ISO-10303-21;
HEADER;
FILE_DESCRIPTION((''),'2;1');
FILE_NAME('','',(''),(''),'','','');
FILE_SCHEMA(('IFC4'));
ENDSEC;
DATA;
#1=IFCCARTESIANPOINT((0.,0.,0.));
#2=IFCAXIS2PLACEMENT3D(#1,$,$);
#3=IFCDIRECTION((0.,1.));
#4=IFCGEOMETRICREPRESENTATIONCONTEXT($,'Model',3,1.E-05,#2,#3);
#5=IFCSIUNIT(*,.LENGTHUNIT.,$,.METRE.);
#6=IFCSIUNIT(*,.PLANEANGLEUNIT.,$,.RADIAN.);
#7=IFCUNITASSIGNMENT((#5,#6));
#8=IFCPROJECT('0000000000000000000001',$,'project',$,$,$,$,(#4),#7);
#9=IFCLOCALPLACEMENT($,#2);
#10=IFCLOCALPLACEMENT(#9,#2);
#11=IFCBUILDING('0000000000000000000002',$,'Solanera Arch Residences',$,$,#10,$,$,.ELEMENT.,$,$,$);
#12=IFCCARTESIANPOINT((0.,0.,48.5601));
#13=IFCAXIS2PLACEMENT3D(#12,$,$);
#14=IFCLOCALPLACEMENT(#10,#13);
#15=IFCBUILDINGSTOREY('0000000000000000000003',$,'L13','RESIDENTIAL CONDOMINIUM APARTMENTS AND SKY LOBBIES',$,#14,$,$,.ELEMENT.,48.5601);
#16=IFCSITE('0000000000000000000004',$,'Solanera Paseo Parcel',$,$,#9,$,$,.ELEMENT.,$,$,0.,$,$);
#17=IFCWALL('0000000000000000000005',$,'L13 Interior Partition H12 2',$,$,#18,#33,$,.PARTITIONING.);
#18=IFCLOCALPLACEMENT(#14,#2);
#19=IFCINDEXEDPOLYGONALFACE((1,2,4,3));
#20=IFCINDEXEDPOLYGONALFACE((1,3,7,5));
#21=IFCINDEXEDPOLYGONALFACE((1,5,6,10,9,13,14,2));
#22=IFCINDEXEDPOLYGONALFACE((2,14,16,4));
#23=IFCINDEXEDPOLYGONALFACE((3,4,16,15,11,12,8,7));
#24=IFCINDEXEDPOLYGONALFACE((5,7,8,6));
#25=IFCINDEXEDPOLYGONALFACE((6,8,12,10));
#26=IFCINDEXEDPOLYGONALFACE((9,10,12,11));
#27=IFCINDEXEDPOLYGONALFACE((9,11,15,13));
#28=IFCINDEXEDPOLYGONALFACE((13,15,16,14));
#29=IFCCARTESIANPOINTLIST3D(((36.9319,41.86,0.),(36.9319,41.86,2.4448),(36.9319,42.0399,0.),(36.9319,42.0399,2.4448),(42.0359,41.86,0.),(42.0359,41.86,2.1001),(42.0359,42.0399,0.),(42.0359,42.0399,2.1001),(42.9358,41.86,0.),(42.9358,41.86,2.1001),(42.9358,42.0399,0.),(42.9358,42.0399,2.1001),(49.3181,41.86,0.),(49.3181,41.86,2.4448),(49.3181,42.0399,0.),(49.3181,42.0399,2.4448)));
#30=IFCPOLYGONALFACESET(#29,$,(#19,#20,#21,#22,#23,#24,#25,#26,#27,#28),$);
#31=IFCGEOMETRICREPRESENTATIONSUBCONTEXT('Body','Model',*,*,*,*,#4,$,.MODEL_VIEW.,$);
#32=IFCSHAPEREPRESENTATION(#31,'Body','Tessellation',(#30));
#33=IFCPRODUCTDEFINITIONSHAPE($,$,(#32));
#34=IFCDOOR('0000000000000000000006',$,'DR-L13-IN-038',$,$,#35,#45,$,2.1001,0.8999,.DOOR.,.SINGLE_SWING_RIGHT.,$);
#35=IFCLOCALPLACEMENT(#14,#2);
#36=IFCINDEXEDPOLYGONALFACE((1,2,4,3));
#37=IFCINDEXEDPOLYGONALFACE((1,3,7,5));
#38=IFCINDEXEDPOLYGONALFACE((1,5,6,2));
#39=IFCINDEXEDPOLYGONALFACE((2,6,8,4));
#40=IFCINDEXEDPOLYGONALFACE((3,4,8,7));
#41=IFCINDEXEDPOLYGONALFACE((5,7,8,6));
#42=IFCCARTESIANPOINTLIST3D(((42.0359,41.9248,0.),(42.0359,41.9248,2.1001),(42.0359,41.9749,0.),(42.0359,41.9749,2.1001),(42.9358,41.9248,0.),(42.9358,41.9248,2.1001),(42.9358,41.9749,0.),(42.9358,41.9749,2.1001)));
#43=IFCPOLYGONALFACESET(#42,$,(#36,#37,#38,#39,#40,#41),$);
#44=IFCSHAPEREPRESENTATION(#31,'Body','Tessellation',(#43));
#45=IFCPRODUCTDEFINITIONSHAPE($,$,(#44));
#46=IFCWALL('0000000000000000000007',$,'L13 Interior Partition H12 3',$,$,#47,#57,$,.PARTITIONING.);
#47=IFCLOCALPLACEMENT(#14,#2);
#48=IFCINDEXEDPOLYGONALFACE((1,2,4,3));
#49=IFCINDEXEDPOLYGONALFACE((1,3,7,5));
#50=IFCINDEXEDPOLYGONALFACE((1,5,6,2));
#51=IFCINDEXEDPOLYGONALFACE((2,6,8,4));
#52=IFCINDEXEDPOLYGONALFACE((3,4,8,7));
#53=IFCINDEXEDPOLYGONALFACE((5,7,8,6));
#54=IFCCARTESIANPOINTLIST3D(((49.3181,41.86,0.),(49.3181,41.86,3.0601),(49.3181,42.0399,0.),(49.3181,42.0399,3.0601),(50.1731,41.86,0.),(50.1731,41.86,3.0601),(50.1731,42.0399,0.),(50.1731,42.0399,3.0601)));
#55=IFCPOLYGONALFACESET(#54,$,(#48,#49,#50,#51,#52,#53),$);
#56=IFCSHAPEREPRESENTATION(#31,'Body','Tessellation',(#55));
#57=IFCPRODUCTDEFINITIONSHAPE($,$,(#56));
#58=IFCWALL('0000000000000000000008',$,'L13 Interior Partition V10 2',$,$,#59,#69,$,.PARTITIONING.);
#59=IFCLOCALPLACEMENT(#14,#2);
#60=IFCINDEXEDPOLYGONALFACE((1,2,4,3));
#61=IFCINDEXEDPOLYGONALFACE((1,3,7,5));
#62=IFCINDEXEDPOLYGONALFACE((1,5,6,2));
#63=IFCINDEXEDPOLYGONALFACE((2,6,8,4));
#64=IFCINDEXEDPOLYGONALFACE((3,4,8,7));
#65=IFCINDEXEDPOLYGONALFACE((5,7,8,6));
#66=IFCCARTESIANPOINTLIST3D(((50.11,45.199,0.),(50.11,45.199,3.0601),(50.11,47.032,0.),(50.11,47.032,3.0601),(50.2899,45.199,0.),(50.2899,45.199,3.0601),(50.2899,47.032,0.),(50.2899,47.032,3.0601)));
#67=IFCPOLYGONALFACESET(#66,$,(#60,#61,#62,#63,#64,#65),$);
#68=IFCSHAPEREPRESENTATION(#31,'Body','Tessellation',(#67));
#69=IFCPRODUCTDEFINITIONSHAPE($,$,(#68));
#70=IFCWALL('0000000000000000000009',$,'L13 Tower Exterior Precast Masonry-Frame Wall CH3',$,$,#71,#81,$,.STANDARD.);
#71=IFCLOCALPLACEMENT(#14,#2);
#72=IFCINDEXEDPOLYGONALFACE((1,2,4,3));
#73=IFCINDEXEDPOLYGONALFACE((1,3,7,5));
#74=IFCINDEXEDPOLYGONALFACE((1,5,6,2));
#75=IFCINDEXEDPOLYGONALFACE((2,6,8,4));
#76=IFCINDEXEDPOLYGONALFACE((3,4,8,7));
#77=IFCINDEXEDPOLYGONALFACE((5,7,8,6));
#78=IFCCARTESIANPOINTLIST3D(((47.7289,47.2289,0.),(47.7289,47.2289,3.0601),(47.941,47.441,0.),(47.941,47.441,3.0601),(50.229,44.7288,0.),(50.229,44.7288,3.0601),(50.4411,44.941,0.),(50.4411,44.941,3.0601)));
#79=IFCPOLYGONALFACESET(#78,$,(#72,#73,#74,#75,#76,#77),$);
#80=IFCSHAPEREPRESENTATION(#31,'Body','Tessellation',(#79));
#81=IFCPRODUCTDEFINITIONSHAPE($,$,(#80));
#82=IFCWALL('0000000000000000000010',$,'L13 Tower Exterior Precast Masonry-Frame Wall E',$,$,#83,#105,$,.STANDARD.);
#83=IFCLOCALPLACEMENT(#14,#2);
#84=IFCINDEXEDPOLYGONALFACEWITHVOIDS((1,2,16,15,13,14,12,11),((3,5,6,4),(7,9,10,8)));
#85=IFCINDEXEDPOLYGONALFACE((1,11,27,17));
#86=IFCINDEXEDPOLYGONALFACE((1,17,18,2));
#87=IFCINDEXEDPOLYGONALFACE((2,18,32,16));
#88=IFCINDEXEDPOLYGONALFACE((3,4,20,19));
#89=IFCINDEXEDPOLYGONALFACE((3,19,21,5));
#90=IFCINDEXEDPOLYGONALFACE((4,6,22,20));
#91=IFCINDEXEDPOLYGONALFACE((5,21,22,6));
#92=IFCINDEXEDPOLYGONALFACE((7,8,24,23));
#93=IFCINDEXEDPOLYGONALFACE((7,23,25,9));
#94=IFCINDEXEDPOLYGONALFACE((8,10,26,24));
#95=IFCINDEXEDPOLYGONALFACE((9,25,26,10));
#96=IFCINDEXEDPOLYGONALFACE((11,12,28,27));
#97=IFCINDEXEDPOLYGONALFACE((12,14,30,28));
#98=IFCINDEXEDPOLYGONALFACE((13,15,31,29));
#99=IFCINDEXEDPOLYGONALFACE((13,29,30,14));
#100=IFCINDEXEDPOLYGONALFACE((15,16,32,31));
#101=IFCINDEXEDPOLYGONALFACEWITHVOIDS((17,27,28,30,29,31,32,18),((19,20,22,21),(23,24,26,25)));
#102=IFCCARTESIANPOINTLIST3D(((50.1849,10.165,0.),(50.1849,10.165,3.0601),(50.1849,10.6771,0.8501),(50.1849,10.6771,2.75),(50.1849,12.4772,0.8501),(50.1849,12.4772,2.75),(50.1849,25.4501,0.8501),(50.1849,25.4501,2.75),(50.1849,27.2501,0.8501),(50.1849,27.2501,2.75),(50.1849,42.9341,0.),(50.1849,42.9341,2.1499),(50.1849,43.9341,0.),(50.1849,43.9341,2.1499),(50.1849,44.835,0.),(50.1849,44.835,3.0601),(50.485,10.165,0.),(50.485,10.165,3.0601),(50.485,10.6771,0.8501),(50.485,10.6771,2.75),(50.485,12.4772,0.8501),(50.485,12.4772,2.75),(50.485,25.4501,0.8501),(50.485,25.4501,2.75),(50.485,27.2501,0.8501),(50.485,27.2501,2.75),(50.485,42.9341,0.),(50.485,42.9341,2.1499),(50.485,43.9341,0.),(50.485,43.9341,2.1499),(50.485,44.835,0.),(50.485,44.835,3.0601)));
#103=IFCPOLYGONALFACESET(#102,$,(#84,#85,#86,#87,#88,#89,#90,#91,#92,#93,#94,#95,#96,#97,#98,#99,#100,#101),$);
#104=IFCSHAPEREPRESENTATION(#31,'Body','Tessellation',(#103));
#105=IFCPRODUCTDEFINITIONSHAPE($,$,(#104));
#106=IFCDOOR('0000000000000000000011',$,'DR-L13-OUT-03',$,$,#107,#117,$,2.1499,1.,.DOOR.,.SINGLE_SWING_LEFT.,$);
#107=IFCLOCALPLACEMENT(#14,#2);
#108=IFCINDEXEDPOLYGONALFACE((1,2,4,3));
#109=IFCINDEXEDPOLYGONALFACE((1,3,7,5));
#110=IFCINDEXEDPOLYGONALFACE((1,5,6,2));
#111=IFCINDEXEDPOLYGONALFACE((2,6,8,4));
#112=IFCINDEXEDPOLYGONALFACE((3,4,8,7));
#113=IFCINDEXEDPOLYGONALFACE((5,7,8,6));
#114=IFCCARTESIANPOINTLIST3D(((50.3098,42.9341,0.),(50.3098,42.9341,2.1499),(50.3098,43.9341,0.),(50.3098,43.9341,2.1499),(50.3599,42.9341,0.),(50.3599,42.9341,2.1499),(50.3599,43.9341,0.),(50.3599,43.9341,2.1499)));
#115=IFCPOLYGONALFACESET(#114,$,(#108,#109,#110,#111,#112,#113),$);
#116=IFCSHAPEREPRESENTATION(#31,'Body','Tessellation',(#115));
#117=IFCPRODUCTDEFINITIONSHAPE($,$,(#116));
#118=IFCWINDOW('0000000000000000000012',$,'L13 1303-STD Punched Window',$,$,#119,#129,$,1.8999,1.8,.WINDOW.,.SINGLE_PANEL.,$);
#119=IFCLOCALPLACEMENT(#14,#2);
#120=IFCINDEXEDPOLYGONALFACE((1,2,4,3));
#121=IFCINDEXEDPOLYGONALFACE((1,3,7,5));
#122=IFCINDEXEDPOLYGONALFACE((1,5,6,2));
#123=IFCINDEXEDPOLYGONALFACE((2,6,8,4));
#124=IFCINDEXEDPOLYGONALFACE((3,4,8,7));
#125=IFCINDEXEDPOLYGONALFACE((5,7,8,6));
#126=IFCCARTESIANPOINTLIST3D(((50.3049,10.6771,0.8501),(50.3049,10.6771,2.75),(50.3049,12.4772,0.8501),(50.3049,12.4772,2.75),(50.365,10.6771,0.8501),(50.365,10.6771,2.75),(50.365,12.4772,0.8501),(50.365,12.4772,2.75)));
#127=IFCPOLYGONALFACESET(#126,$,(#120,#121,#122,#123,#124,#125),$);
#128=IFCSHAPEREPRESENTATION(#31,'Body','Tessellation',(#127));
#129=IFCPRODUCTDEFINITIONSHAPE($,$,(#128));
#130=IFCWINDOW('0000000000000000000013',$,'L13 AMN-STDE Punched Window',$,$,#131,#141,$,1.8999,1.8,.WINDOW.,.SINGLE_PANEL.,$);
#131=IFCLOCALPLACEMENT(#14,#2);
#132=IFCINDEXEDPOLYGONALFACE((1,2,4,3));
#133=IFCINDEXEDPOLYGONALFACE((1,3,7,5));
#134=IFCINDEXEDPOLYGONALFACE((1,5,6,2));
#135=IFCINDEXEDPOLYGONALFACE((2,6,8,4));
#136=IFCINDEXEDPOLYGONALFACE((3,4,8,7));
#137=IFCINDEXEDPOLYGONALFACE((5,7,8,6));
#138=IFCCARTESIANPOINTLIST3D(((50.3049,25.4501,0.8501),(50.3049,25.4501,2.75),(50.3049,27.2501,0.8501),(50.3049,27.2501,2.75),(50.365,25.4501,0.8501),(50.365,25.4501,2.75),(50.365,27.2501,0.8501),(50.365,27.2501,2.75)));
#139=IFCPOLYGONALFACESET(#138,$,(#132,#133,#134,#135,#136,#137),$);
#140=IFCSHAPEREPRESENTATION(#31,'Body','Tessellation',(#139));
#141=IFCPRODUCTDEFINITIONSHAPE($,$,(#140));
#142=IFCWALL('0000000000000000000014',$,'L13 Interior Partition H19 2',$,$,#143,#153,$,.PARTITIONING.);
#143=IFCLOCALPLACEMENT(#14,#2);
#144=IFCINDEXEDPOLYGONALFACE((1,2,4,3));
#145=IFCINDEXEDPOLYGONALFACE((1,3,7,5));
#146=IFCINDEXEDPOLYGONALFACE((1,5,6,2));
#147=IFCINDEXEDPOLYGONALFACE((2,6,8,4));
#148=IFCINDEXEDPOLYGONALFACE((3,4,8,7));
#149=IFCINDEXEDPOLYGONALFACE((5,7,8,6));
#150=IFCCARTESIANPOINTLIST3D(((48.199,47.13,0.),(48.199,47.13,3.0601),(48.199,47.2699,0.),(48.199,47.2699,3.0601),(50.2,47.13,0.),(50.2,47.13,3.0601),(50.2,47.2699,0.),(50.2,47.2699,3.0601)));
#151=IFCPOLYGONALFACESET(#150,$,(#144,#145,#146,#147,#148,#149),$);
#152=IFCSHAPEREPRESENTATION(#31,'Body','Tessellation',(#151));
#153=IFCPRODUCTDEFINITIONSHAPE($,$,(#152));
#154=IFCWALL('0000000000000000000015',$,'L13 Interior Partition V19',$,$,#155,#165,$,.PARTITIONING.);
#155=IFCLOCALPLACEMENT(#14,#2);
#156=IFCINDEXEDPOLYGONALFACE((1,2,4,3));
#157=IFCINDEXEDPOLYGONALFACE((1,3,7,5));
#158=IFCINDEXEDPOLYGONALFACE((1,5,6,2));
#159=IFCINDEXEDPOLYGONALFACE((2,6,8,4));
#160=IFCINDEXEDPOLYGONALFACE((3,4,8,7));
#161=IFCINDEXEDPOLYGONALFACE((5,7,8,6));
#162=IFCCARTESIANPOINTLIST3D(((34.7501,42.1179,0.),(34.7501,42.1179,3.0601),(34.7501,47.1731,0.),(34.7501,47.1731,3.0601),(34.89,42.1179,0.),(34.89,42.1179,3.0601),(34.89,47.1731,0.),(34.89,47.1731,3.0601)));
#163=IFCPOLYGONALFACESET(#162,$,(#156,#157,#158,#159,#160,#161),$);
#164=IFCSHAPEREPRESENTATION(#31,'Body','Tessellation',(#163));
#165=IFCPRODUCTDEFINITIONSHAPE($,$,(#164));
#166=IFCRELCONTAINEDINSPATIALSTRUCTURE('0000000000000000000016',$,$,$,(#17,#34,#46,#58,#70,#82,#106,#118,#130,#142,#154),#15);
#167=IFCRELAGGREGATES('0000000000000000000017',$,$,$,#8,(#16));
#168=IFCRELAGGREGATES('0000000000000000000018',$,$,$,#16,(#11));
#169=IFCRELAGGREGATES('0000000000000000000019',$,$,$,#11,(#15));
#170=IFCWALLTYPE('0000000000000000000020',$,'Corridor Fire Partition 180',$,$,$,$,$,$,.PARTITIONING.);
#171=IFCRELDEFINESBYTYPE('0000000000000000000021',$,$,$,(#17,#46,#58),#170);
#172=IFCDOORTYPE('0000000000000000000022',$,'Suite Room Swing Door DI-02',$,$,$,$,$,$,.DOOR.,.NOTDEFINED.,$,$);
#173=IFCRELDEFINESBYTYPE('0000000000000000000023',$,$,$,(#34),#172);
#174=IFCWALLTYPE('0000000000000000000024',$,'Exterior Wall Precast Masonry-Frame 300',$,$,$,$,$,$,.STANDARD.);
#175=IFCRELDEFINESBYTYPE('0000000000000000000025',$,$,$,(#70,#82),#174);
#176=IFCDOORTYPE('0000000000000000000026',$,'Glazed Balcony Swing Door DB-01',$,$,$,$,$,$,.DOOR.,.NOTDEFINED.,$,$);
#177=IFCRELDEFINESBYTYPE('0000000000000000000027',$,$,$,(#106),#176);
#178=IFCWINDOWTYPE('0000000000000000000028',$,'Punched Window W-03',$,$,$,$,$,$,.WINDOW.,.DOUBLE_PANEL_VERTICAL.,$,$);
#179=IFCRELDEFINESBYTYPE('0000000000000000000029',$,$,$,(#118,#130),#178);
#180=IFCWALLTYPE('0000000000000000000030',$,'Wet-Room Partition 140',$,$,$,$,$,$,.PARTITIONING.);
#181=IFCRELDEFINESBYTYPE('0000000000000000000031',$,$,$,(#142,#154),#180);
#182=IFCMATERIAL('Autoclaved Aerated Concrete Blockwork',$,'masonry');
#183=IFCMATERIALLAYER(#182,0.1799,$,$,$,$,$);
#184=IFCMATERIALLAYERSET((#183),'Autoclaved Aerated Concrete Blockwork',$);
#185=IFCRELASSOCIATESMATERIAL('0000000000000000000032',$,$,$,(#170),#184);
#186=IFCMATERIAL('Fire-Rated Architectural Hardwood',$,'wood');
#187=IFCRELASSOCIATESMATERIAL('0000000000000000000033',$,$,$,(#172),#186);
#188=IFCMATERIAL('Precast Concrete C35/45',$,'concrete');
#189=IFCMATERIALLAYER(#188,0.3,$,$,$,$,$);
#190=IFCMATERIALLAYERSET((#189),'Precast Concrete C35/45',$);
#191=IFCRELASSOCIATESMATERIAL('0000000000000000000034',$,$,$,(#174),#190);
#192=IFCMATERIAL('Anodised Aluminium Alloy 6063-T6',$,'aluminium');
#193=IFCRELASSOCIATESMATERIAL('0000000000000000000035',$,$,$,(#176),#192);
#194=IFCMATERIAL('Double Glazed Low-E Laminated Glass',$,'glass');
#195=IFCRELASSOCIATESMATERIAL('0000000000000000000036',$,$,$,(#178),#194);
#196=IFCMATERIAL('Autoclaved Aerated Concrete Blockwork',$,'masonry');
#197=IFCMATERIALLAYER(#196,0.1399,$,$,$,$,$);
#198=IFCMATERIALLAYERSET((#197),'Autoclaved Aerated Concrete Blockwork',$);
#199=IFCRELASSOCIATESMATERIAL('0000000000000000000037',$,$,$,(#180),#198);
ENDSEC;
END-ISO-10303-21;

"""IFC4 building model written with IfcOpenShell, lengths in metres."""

from ifc_helpers import new_model, si_unit, direction, frame, frame_2d, origin, place, context, subcontext, project, spatial, rectangle, extrude, material, layer, layer_set, type_object, element, fill, save


model = new_model("IFC4")

# Units and contexts
model_context = context("Model", 3, precision=1e-05, world=origin(), true_north=direction((0.0, 1.0)))
body_context = subcontext(model_context, "Body", "Model", "MODEL_VIEW")
ifc_project = project(units=[si_unit("LENGTHUNIT", "METRE"), si_unit("PLANEANGLEUNIT", "RADIAN")], contexts=[model_context])

# Site, building, storey
site_placement = place(None, origin())
site = spatial("IfcSite", under=ifc_project, at=site_placement, Name="Solanera Paseo Parcel", CompositionType="ELEMENT", RefElevation=0.0)
building_placement = place(site_placement, origin())
building = spatial("IfcBuilding", under=site, at=building_placement, Name="Solanera Arch Residences", CompositionType="ELEMENT")
storey_placement = place(building_placement, frame((0.0, 0.0, 48.5601)))
storey = spatial("IfcBuildingStorey", under=building, at=storey_placement, Name="L13", Description="RESIDENTIAL CONDOMINIUM APARTMENTS AND SKY LOBBIES", CompositionType="ELEMENT", Elevation=48.5601)

# Shared definitions
ifc_material_1 = material(Name="Autoclaved Aerated Concrete Blockwork", Category="masonry")
ifc_layer_1 = layer(ifc_material_1, 0.1799)
ifc_layer_set_1 = layer_set([ifc_layer_1], Name="Autoclaved Aerated Concrete Blockwork")
wall_type_1 = type_object("IfcWallType", Name="Corridor Fire Partition 180", PredefinedType="PARTITIONING", material=ifc_layer_set_1)

# Wall, opening, door
wall_1_placement = place(storey_placement, frame((36.9319, 41.95, 0.0), z_axis=(0.0, 0.0, 1.0), x_axis=(1.0, 0.0, 0.0)))
wall_1 = element("IfcWall", 1, at=wall_1_placement, inside=storey, type_object=wall_type_1, Name="L13 Interior Partition H12 2", PredefinedType="PARTITIONING", context=body_context, shape_type="SweptSolid", body=[
    extrude(rectangle(XDim=12.3862, YDim=0.1799, at=frame_2d((6.1931, 0.0))), origin(), (0.0, 0.0, 1.0), 2.4448),
])
opening_1_placement = place(wall_1_placement, frame((5.104, 0.0, 0.0)))
opening_1 = element("IfcOpeningElement", 2, at=opening_1_placement, cuts=wall_1, PredefinedType="OPENING", context=body_context, shape_type="SweptSolid", body=[
    extrude(rectangle(XDim=0.8999, YDim=2.1001, at=frame_2d((0.45, 1.05))), frame((0.0, 0.1001, 0.0), z_axis=(0.0, -1.0, 0.0), x_axis=(1.0, 0.0, 0.0)), (0.0, 0.0, 1.0), 0.1999),
])
ifc_material_2 = material(Name="Fire-Rated Architectural Hardwood", Category="wood")
door_type_1 = type_object("IfcDoorType", Name="Suite Room Swing Door DI-02", OperationType="NOTDEFINED", PredefinedType="DOOR", material=ifc_material_2)
door_1_placement = place(opening_1_placement, origin())
door_1 = element("IfcDoor", 3, at=door_1_placement, inside=storey, type_object=door_type_1, Name="DR-L13-IN-038", OperationType="SINGLE_SWING_RIGHT", OverallHeight=2.1001, OverallWidth=0.8999, PredefinedType="DOOR", context=body_context, shape_type="SweptSolid", body=[
    extrude(rectangle(XDim=0.8999, YDim=2.1001, at=frame_2d((0.45, 1.05))), frame((0.0, 0.0249, 0.0), z_axis=(0.0, -1.0, 0.0), x_axis=(1.0, 0.0, 0.0)), (0.0, 0.0, 1.0), 0.05),
])
fill(opening_1, door_1)

# Walls
wall_2_placement = place(storey_placement, frame((49.3181, 41.95, 0.0), z_axis=(0.0, 0.0, 1.0), x_axis=(1.0, 0.0, 0.0)))
element("IfcWall", 4, at=wall_2_placement, inside=storey, type_object=wall_type_1, Name="L13 Interior Partition H12 3", PredefinedType="PARTITIONING", context=body_context, shape_type="SweptSolid", body=[
    extrude(rectangle(XDim=0.855, YDim=0.1799, at=frame_2d((0.4275, 0.0))), origin(), (0.0, 0.0, 1.0), 3.0601),
])
wall_3_placement = place(storey_placement, frame((50.2, 45.199, 0.0), z_axis=(0.0, 0.0, 1.0), x_axis=(0.0, 1.0, 0.0)))
element("IfcWall", 5, at=wall_3_placement, inside=storey, type_object=wall_type_1, Name="L13 Interior Partition V10 2", PredefinedType="PARTITIONING", context=body_context, shape_type="SweptSolid", body=[
    extrude(rectangle(XDim=1.833, YDim=0.1799, at=frame_2d((0.9165, 0.0))), origin(), (0.0, 0.0, 1.0), 3.0601),
])
ifc_material_3 = material(Name="Precast Concrete C35/45", Category="concrete")
ifc_layer_2 = layer(ifc_material_3, 0.3)
ifc_layer_set_2 = layer_set([ifc_layer_2], Name="Precast Concrete C35/45")
wall_type_2 = type_object("IfcWallType", Name="Exterior Wall Precast Masonry-Frame 300", PredefinedType="STANDARD", material=ifc_layer_set_2)
wall_4_placement = place(storey_placement, frame((47.835, 47.335, 0.0), z_axis=(0.0, 0.0, 1.0), x_axis=(0.707107, -0.707107, 0.0)))
element("IfcWall", 6, at=wall_4_placement, inside=storey, type_object=wall_type_2, Name="L13 Tower Exterior Precast Masonry-Frame Wall CH3", PredefinedType="STANDARD", context=body_context, shape_type="SweptSolid", body=[
    extrude(rectangle(XDim=3.5356, YDim=0.3, at=frame_2d((1.7678, 0.0))), origin(), (0.0, 0.0, 1.0), 3.0601),
])

# Wall, openings, door, windows
wall_5_placement = place(storey_placement, frame((50.335, 44.835, 0.0), z_axis=(0.0, 0.0, 1.0), x_axis=(0.0, -1.0, 0.0)))
wall_5 = element("IfcWall", 7, at=wall_5_placement, inside=storey, type_object=wall_type_2, Name="L13 Tower Exterior Precast Masonry-Frame Wall E", PredefinedType="STANDARD", context=body_context, shape_type="SweptSolid", body=[
    extrude(rectangle(XDim=34.6699, YDim=0.3, at=frame_2d((17.335, 0.0))), origin(), (0.0, 0.0, 1.0), 3.0601),
])
opening_2_placement = place(wall_5_placement, frame((0.9009, 0.0, 0.0)))
opening_2 = element("IfcOpeningElement", 8, at=opening_2_placement, cuts=wall_5, PredefinedType="OPENING", context=body_context, shape_type="SweptSolid", body=[
    extrude(rectangle(XDim=1.0, YDim=2.1499, at=frame_2d((0.5, 1.075))), frame((0.0, 0.1599, 0.0), z_axis=(0.0, -1.0, 0.0), x_axis=(1.0, 0.0, 0.0)), (0.0, 0.0, 1.0), 0.32),
])
opening_3_placement = place(wall_5_placement, frame((32.3579, 0.0, 0.8501)))
opening_3 = element("IfcOpeningElement", 9, at=opening_3_placement, cuts=wall_5, PredefinedType="OPENING", context=body_context, shape_type="SweptSolid", body=[
    extrude(rectangle(XDim=1.8, YDim=1.8999, at=frame_2d((0.8999, 0.95))), frame((0.0, 0.1599, 0.0), z_axis=(0.0, -1.0, 0.0), x_axis=(1.0, 0.0, 0.0)), (0.0, 0.0, 1.0), 0.32),
])
opening_4_placement = place(wall_5_placement, frame((17.585, 0.0, 0.8501)))
opening_4 = element("IfcOpeningElement", 10, at=opening_4_placement, cuts=wall_5, PredefinedType="OPENING", context=body_context, shape_type="SweptSolid", body=[
    extrude(rectangle(XDim=1.8, YDim=1.8999, at=frame_2d((0.8999, 0.95))), frame((0.0, 0.1599, 0.0), z_axis=(0.0, -1.0, 0.0), x_axis=(1.0, 0.0, 0.0)), (0.0, 0.0, 1.0), 0.32),
])
ifc_material_4 = material(Name="Anodised Aluminium Alloy 6063-T6", Category="aluminium")
door_type_2 = type_object("IfcDoorType", Name="Glazed Balcony Swing Door DB-01", OperationType="NOTDEFINED", PredefinedType="DOOR", material=ifc_material_4)
door_2_placement = place(opening_2_placement, origin())
door_2 = element("IfcDoor", 11, at=door_2_placement, inside=storey, type_object=door_type_2, Name="DR-L13-OUT-03", OperationType="SINGLE_SWING_LEFT", OverallHeight=2.1499, OverallWidth=1.0, PredefinedType="DOOR", context=body_context, shape_type="SweptSolid", body=[
    extrude(rectangle(XDim=1.0, YDim=2.1499, at=frame_2d((0.5, 1.075))), frame((0.0, 0.0249, 0.0), z_axis=(0.0, -1.0, 0.0), x_axis=(1.0, 0.0, 0.0)), (0.0, 0.0, 1.0), 0.05),
])
fill(opening_2, door_2)
ifc_material_5 = material(Name="Double Glazed Low-E Laminated Glass", Category="glass")
window_type = type_object("IfcWindowType", Name="Punched Window W-03", PartitioningType="DOUBLE_PANEL_VERTICAL", PredefinedType="WINDOW", material=ifc_material_5)
window_1_placement = place(opening_3_placement, origin())
window_1 = element("IfcWindow", 12, at=window_1_placement, inside=storey, type_object=window_type, Name="L13 1303-STD Punched Window", OverallHeight=1.8999, OverallWidth=1.8, PartitioningType="SINGLE_PANEL", PredefinedType="WINDOW", context=body_context, shape_type="SweptSolid", body=[
    extrude(rectangle(XDim=1.8, YDim=1.8999, at=frame_2d((0.8999, 0.95))), frame((0.0, 0.03, 0.0), z_axis=(0.0, -1.0, 0.0), x_axis=(1.0, 0.0, 0.0)), (0.0, 0.0, 1.0), 0.0601),
])
fill(opening_3, window_1)
window_2_placement = place(opening_4_placement, origin())
window_2 = element("IfcWindow", 13, at=window_2_placement, inside=storey, type_object=window_type, Name="L13 AMN-STDE Punched Window", OverallHeight=1.8999, OverallWidth=1.8, PartitioningType="SINGLE_PANEL", PredefinedType="WINDOW", context=body_context, shape_type="SweptSolid", body=[
    extrude(rectangle(XDim=1.8, YDim=1.8999, at=frame_2d((0.8999, 0.95))), frame((0.0, 0.03, 0.0), z_axis=(0.0, -1.0, 0.0), x_axis=(1.0, 0.0, 0.0)), (0.0, 0.0, 1.0), 0.0601),
])
fill(opening_4, window_2)

# Walls
ifc_material_6 = material(Name="Autoclaved Aerated Concrete Blockwork", Category="masonry")
ifc_layer_3 = layer(ifc_material_6, 0.1399)
ifc_layer_set_3 = layer_set([ifc_layer_3], Name="Autoclaved Aerated Concrete Blockwork")
wall_type_3 = type_object("IfcWallType", Name="Wet-Room Partition 140", PredefinedType="PARTITIONING", material=ifc_layer_set_3)
wall_6_placement = place(storey_placement, frame((48.199, 47.2, 0.0), z_axis=(0.0, 0.0, 1.0), x_axis=(1.0, 0.0, 0.0)))
element("IfcWall", 14, at=wall_6_placement, inside=storey, type_object=wall_type_3, Name="L13 Interior Partition H19 2", PredefinedType="PARTITIONING", context=body_context, shape_type="SweptSolid", body=[
    extrude(rectangle(XDim=2.001, YDim=0.1399, at=frame_2d((1.0005, 0.0))), origin(), (0.0, 0.0, 1.0), 3.0601),
])
wall_7_placement = place(storey_placement, frame((34.8201, 42.1179, 0.0), z_axis=(0.0, 0.0, 1.0), x_axis=(0.0, 1.0, 0.0)))
element("IfcWall", 15, at=wall_7_placement, inside=storey, type_object=wall_type_3, Name="L13 Interior Partition V19", PredefinedType="PARTITIONING", context=body_context, shape_type="SweptSolid", body=[
    extrude(rectangle(XDim=5.0552, YDim=0.1399, at=frame_2d((2.5276, 0.0))), origin(), (0.0, 0.0, 1.0), 3.0601),
])

save(model, "model.ifc")
